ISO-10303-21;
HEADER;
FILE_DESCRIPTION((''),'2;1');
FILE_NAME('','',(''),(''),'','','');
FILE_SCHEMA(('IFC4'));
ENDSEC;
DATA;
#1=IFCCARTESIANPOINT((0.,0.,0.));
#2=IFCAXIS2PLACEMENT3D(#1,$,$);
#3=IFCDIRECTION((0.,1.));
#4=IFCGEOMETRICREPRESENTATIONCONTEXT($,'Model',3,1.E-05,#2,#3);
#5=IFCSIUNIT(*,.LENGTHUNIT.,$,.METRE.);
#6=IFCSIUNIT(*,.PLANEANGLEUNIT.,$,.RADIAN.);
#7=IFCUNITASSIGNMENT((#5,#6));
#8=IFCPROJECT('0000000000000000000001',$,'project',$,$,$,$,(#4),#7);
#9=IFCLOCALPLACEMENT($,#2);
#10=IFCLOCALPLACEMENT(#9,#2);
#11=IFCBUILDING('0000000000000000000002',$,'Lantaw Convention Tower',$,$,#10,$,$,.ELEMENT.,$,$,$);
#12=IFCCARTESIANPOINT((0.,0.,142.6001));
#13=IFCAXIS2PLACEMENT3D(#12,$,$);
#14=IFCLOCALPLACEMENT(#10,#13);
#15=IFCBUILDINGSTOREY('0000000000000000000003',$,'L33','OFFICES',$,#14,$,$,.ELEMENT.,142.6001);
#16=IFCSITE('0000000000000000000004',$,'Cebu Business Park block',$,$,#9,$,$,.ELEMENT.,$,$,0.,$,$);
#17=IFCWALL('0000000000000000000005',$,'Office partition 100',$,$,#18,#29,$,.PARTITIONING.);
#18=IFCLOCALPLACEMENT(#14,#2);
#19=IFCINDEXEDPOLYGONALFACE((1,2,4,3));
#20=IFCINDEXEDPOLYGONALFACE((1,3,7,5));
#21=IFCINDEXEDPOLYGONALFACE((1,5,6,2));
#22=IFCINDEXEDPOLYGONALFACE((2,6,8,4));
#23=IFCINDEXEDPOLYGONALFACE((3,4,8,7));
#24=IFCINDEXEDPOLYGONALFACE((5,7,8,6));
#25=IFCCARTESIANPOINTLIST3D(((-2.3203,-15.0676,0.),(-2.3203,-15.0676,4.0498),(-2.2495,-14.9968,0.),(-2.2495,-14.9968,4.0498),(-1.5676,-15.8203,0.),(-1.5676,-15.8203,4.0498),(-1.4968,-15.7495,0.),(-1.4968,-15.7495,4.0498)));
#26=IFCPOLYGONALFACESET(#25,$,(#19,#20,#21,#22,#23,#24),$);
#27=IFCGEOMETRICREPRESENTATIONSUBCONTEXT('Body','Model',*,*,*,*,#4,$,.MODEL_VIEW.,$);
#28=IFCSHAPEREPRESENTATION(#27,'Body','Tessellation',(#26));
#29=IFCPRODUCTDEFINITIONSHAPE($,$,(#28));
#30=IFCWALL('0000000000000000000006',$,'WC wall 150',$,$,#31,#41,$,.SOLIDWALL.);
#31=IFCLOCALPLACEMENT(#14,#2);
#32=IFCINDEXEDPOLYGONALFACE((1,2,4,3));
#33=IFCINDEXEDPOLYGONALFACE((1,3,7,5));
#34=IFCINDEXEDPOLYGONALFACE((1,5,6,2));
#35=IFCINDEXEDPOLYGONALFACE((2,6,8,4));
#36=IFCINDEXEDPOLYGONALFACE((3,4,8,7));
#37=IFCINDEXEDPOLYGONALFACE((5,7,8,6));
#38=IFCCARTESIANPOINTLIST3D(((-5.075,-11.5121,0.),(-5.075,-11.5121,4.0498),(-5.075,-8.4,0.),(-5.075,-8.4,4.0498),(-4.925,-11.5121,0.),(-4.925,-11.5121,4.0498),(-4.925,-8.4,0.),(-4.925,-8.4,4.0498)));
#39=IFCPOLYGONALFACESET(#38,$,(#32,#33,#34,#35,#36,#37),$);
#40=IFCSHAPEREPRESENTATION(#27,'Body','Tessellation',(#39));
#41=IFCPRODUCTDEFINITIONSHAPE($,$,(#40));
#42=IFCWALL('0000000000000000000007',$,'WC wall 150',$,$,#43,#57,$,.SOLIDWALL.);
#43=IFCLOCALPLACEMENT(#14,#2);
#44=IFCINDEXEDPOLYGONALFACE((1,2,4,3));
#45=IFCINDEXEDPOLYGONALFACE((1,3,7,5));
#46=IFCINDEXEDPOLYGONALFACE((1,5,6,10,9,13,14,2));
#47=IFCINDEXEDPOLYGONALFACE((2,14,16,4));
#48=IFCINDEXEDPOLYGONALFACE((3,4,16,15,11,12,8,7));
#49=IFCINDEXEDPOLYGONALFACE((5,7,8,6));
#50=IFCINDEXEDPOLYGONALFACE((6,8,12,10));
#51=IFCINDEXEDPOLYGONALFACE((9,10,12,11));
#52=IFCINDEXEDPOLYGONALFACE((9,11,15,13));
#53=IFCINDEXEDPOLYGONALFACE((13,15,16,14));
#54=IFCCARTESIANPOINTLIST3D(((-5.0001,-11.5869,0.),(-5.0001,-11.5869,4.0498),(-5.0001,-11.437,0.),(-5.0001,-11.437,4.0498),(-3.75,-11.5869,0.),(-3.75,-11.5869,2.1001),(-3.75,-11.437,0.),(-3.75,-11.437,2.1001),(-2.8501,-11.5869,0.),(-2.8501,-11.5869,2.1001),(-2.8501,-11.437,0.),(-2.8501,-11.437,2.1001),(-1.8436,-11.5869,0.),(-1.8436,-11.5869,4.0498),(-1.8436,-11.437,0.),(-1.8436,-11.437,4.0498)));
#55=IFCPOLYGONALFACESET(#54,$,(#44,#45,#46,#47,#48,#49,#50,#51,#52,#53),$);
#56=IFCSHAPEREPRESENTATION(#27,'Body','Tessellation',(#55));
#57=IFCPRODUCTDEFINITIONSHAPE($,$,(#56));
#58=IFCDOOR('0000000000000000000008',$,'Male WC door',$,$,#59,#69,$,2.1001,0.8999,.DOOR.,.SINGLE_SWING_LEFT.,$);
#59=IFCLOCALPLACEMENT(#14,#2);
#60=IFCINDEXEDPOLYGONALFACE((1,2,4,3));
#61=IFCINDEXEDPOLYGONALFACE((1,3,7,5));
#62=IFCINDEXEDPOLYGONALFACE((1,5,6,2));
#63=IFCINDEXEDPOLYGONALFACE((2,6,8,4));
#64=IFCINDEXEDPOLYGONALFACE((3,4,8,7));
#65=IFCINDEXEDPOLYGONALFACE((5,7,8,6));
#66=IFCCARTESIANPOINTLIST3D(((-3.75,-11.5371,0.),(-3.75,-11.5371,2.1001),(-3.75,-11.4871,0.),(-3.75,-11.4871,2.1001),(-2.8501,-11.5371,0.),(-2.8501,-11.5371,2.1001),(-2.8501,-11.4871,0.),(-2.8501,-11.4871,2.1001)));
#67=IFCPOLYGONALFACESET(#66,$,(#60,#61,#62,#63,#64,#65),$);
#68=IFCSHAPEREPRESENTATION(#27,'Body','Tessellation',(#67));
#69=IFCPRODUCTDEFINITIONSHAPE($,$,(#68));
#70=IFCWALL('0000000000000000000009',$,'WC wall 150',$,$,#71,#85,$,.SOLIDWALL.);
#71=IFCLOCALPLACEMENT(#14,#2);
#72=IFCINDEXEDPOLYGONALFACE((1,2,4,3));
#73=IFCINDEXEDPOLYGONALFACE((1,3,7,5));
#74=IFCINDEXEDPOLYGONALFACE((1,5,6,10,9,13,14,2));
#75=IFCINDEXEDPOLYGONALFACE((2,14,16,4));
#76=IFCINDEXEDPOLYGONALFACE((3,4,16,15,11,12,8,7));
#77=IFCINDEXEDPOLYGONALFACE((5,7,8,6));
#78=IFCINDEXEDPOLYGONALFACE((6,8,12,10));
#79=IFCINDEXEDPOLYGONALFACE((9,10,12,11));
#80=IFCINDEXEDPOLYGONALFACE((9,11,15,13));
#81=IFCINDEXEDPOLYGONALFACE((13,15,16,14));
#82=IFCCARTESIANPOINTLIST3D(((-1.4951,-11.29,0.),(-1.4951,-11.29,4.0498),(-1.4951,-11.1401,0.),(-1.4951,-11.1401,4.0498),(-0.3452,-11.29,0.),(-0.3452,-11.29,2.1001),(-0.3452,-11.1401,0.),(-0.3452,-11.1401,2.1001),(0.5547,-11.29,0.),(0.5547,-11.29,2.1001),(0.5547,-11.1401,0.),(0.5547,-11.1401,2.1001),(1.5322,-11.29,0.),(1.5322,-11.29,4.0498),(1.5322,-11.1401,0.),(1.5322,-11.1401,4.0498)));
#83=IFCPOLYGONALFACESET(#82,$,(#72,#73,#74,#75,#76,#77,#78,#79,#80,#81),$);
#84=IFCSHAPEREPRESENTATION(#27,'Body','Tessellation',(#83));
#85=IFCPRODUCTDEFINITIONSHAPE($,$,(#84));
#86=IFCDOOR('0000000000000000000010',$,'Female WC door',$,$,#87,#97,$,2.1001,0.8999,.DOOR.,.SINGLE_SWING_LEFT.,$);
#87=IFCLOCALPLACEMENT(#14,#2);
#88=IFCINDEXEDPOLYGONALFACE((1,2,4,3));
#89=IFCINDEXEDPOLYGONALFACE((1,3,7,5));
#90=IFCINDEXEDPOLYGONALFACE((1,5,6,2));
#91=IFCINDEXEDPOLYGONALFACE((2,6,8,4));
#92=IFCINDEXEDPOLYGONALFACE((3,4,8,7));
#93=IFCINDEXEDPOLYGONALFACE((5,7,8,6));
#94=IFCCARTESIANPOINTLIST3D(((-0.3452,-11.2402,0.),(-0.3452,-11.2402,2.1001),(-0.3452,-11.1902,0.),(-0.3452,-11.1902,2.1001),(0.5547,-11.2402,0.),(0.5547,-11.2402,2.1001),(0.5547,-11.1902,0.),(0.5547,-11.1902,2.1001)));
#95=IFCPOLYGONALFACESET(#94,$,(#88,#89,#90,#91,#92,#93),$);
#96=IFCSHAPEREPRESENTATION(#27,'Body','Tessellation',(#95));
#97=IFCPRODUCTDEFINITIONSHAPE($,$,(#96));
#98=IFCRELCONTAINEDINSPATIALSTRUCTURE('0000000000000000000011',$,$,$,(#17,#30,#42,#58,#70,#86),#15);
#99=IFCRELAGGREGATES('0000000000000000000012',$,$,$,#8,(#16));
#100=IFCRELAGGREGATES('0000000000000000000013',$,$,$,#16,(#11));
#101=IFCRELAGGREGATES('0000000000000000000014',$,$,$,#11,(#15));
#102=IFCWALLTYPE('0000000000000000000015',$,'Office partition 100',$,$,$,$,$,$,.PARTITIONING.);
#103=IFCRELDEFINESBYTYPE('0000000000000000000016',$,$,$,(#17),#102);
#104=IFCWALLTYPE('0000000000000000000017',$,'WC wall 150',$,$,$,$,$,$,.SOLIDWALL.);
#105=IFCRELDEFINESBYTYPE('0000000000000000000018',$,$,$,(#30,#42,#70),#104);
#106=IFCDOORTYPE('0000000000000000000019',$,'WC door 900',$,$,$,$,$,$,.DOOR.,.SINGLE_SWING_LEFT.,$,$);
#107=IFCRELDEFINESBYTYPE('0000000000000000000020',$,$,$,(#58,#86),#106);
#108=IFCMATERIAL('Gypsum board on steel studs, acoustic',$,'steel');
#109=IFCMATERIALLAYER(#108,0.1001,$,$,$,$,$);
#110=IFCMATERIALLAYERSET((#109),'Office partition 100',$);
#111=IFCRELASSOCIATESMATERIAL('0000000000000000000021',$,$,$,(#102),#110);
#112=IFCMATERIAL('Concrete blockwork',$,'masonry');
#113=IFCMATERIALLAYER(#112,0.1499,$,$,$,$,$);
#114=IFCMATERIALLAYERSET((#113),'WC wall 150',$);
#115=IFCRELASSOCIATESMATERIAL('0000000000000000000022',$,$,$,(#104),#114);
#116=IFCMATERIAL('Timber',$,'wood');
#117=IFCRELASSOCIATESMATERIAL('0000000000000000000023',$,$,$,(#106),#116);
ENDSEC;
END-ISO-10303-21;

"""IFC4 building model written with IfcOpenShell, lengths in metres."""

from ifc_helpers import new_model, si_unit, direction, frame, frame_2d, origin, place, context, subcontext, project, spatial, rectangle, extrude, material, layer, layer_set, type_object, element, fill, save


model = new_model("IFC4")

# Units and contexts
model_context = context("Model", 3, precision=1e-05, world=origin(), true_north=direction((0.0, 1.0)))
body_context = subcontext(model_context, "Body", "Model", "MODEL_VIEW")
ifc_project = project(units=[si_unit("LENGTHUNIT", "METRE"), si_unit("PLANEANGLEUNIT", "RADIAN")], contexts=[model_context])

# Site, building, storey
site_placement = place(None, origin())
site = spatial("IfcSite", under=ifc_project, at=site_placement, Name="Cebu Business Park block", CompositionType="ELEMENT", RefElevation=0.0)
building_placement = place(site_placement, origin())
building = spatial("IfcBuilding", under=site, at=building_placement, Name="Lantaw Convention Tower", CompositionType="ELEMENT")
storey_placement = place(building_placement, frame((0.0, 0.0, 142.6001)))
storey = spatial("IfcBuildingStorey", under=building, at=storey_placement, Name="L33", Description="OFFICES", CompositionType="ELEMENT", Elevation=142.6001)

# Walls
ifc_material_1 = material(Name="Gypsum board on steel studs, acoustic", Category="steel")
ifc_layer_1 = layer(ifc_material_1, 0.1001)
ifc_layer_set_1 = layer_set([ifc_layer_1], Name="Office partition 100")
wall_type_1 = type_object("IfcWallType", Name="Office partition 100", PredefinedType="PARTITIONING", material=ifc_layer_set_1)
wall_1_placement = place(storey_placement, frame((-1.5322, -15.7849, 0.0), z_axis=(0.0, 0.0, 1.0), x_axis=(-0.707107, 0.707107, 0.0)))
element("IfcWall", 1, at=wall_1_placement, inside=storey, type_object=wall_type_1, Name="Office partition 100", PredefinedType="PARTITIONING", context=body_context, shape_type="SweptSolid", body=[
    extrude(rectangle(XDim=1.0645, YDim=0.1001, at=frame_2d((0.5322, 0.0))), origin(), (0.0, 0.0, 1.0), 4.0498),
])
ifc_material_2 = material(Name="Concrete blockwork", Category="masonry")
ifc_layer_2 = layer(ifc_material_2, 0.1499)
ifc_layer_set_2 = layer_set([ifc_layer_2], Name="WC wall 150")
wall_type_2 = type_object("IfcWallType", Name="WC wall 150", PredefinedType="SOLIDWALL", material=ifc_layer_set_2)
wall_2_placement = place(storey_placement, frame((-5.0, -8.3999, 0.0), z_axis=(0.0, 0.0, 1.0), x_axis=(0.0, -1.0, 0.0)))
element("IfcWall", 2, at=wall_2_placement, inside=storey, type_object=wall_type_2, Name="WC wall 150", PredefinedType="SOLIDWALL", context=body_context, shape_type="SweptSolid", body=[
    extrude(rectangle(XDim=3.1121, YDim=0.1499, at=frame_2d((1.5562, 0.0))), origin(), (0.0, 0.0, 1.0), 4.0498),
])

# Walls, openings, doors
wall_3_placement = place(storey_placement, frame((-5.0, -11.512, 0.0), z_axis=(0.0, 0.0, 1.0), x_axis=(1.0, 0.0, 0.0)))
wall_3 = element("IfcWall", 3, at=wall_3_placement, inside=storey, type_object=wall_type_2, Name="WC wall 150", PredefinedType="SOLIDWALL", context=body_context, shape_type="SweptSolid", body=[
    extrude(rectangle(XDim=3.1565, YDim=0.1499, at=frame_2d((1.5781, 0.0))), origin(), (0.0, 0.0, 1.0), 4.0498),
])
opening_1_placement = place(wall_3_placement, frame((1.25, 0.0, 0.0)))
opening_1 = element("IfcOpeningElement", 4, at=opening_1_placement, cuts=wall_3, PredefinedType="OPENING", context=body_context, shape_type="SweptSolid", body=[
    extrude(rectangle(XDim=0.8999, YDim=2.1001, at=frame_2d((0.45, 1.05))), frame((0.0, 0.085, 0.0), z_axis=(0.0, -1.0, 0.0), x_axis=(1.0, 0.0, 0.0)), (0.0, 0.0, 1.0), 0.1699),
])
ifc_material_3 = material(Name="Timber", Category="wood")
door_type_1 = type_object("IfcDoorType", Name="WC door 900", OperationType="SINGLE_SWING_LEFT", PredefinedType="DOOR", material=ifc_material_3)
door_1_placement = place(opening_1_placement, origin())
door_1 = element("IfcDoor", 5, at=door_1_placement, inside=storey, type_object=door_type_1, Name="Male WC door", OperationType="SINGLE_SWING_LEFT", OverallHeight=2.1001, OverallWidth=0.8999, PredefinedType="DOOR", context=body_context, shape_type="SweptSolid", body=[
    extrude(rectangle(XDim=0.8999, YDim=2.1001, at=frame_2d((0.45, 1.05))), frame((0.0, 0.0249, 0.0), z_axis=(0.0, -1.0, 0.0), x_axis=(1.0, 0.0, 0.0)), (0.0, 0.0, 1.0), 0.05),
])
fill(opening_1, door_1)
wall_4_placement = place(storey_placement, frame((-1.4951, -11.2151, 0.0), z_axis=(0.0, 0.0, 1.0), x_axis=(1.0, 0.0, 0.0)))
wall_4 = element("IfcWall", 6, at=wall_4_placement, inside=storey, type_object=wall_type_2, Name="WC wall 150", PredefinedType="SOLIDWALL", context=body_context, shape_type="SweptSolid", body=[
    extrude(rectangle(XDim=3.0273, YDim=0.1499, at=frame_2d((1.5137, 0.0))), origin(), (0.0, 0.0, 1.0), 4.0498),
])
opening_2_placement = place(wall_4_placement, frame((1.1499, 0.0, 0.0)))
opening_2 = element("IfcOpeningElement", 7, at=opening_2_placement, cuts=wall_4, PredefinedType="OPENING", context=body_context, shape_type="SweptSolid", body=[
    extrude(rectangle(XDim=0.8999, YDim=2.1001, at=frame_2d((0.45, 1.05))), frame((0.0, 0.085, 0.0), z_axis=(0.0, -1.0, 0.0), x_axis=(1.0, 0.0, 0.0)), (0.0, 0.0, 1.0), 0.1699),
])
door_2_placement = place(opening_2_placement, origin())
door_2 = element("IfcDoor", 8, at=door_2_placement, inside=storey, type_object=door_type_1, Name="Female WC door", OperationType="SINGLE_SWING_LEFT", OverallHeight=2.1001, OverallWidth=0.8999, PredefinedType="DOOR", context=body_context, shape_type="SweptSolid", body=[
    extrude(rectangle(XDim=0.8999, YDim=2.1001, at=frame_2d((0.45, 1.05))), frame((0.0, 0.0249, 0.0), z_axis=(0.0, -1.0, 0.0), x_axis=(1.0, 0.0, 0.0)), (0.0, 0.0, 1.0), 0.05),
])
fill(opening_2, door_2)

save(model, "model.ifc")
